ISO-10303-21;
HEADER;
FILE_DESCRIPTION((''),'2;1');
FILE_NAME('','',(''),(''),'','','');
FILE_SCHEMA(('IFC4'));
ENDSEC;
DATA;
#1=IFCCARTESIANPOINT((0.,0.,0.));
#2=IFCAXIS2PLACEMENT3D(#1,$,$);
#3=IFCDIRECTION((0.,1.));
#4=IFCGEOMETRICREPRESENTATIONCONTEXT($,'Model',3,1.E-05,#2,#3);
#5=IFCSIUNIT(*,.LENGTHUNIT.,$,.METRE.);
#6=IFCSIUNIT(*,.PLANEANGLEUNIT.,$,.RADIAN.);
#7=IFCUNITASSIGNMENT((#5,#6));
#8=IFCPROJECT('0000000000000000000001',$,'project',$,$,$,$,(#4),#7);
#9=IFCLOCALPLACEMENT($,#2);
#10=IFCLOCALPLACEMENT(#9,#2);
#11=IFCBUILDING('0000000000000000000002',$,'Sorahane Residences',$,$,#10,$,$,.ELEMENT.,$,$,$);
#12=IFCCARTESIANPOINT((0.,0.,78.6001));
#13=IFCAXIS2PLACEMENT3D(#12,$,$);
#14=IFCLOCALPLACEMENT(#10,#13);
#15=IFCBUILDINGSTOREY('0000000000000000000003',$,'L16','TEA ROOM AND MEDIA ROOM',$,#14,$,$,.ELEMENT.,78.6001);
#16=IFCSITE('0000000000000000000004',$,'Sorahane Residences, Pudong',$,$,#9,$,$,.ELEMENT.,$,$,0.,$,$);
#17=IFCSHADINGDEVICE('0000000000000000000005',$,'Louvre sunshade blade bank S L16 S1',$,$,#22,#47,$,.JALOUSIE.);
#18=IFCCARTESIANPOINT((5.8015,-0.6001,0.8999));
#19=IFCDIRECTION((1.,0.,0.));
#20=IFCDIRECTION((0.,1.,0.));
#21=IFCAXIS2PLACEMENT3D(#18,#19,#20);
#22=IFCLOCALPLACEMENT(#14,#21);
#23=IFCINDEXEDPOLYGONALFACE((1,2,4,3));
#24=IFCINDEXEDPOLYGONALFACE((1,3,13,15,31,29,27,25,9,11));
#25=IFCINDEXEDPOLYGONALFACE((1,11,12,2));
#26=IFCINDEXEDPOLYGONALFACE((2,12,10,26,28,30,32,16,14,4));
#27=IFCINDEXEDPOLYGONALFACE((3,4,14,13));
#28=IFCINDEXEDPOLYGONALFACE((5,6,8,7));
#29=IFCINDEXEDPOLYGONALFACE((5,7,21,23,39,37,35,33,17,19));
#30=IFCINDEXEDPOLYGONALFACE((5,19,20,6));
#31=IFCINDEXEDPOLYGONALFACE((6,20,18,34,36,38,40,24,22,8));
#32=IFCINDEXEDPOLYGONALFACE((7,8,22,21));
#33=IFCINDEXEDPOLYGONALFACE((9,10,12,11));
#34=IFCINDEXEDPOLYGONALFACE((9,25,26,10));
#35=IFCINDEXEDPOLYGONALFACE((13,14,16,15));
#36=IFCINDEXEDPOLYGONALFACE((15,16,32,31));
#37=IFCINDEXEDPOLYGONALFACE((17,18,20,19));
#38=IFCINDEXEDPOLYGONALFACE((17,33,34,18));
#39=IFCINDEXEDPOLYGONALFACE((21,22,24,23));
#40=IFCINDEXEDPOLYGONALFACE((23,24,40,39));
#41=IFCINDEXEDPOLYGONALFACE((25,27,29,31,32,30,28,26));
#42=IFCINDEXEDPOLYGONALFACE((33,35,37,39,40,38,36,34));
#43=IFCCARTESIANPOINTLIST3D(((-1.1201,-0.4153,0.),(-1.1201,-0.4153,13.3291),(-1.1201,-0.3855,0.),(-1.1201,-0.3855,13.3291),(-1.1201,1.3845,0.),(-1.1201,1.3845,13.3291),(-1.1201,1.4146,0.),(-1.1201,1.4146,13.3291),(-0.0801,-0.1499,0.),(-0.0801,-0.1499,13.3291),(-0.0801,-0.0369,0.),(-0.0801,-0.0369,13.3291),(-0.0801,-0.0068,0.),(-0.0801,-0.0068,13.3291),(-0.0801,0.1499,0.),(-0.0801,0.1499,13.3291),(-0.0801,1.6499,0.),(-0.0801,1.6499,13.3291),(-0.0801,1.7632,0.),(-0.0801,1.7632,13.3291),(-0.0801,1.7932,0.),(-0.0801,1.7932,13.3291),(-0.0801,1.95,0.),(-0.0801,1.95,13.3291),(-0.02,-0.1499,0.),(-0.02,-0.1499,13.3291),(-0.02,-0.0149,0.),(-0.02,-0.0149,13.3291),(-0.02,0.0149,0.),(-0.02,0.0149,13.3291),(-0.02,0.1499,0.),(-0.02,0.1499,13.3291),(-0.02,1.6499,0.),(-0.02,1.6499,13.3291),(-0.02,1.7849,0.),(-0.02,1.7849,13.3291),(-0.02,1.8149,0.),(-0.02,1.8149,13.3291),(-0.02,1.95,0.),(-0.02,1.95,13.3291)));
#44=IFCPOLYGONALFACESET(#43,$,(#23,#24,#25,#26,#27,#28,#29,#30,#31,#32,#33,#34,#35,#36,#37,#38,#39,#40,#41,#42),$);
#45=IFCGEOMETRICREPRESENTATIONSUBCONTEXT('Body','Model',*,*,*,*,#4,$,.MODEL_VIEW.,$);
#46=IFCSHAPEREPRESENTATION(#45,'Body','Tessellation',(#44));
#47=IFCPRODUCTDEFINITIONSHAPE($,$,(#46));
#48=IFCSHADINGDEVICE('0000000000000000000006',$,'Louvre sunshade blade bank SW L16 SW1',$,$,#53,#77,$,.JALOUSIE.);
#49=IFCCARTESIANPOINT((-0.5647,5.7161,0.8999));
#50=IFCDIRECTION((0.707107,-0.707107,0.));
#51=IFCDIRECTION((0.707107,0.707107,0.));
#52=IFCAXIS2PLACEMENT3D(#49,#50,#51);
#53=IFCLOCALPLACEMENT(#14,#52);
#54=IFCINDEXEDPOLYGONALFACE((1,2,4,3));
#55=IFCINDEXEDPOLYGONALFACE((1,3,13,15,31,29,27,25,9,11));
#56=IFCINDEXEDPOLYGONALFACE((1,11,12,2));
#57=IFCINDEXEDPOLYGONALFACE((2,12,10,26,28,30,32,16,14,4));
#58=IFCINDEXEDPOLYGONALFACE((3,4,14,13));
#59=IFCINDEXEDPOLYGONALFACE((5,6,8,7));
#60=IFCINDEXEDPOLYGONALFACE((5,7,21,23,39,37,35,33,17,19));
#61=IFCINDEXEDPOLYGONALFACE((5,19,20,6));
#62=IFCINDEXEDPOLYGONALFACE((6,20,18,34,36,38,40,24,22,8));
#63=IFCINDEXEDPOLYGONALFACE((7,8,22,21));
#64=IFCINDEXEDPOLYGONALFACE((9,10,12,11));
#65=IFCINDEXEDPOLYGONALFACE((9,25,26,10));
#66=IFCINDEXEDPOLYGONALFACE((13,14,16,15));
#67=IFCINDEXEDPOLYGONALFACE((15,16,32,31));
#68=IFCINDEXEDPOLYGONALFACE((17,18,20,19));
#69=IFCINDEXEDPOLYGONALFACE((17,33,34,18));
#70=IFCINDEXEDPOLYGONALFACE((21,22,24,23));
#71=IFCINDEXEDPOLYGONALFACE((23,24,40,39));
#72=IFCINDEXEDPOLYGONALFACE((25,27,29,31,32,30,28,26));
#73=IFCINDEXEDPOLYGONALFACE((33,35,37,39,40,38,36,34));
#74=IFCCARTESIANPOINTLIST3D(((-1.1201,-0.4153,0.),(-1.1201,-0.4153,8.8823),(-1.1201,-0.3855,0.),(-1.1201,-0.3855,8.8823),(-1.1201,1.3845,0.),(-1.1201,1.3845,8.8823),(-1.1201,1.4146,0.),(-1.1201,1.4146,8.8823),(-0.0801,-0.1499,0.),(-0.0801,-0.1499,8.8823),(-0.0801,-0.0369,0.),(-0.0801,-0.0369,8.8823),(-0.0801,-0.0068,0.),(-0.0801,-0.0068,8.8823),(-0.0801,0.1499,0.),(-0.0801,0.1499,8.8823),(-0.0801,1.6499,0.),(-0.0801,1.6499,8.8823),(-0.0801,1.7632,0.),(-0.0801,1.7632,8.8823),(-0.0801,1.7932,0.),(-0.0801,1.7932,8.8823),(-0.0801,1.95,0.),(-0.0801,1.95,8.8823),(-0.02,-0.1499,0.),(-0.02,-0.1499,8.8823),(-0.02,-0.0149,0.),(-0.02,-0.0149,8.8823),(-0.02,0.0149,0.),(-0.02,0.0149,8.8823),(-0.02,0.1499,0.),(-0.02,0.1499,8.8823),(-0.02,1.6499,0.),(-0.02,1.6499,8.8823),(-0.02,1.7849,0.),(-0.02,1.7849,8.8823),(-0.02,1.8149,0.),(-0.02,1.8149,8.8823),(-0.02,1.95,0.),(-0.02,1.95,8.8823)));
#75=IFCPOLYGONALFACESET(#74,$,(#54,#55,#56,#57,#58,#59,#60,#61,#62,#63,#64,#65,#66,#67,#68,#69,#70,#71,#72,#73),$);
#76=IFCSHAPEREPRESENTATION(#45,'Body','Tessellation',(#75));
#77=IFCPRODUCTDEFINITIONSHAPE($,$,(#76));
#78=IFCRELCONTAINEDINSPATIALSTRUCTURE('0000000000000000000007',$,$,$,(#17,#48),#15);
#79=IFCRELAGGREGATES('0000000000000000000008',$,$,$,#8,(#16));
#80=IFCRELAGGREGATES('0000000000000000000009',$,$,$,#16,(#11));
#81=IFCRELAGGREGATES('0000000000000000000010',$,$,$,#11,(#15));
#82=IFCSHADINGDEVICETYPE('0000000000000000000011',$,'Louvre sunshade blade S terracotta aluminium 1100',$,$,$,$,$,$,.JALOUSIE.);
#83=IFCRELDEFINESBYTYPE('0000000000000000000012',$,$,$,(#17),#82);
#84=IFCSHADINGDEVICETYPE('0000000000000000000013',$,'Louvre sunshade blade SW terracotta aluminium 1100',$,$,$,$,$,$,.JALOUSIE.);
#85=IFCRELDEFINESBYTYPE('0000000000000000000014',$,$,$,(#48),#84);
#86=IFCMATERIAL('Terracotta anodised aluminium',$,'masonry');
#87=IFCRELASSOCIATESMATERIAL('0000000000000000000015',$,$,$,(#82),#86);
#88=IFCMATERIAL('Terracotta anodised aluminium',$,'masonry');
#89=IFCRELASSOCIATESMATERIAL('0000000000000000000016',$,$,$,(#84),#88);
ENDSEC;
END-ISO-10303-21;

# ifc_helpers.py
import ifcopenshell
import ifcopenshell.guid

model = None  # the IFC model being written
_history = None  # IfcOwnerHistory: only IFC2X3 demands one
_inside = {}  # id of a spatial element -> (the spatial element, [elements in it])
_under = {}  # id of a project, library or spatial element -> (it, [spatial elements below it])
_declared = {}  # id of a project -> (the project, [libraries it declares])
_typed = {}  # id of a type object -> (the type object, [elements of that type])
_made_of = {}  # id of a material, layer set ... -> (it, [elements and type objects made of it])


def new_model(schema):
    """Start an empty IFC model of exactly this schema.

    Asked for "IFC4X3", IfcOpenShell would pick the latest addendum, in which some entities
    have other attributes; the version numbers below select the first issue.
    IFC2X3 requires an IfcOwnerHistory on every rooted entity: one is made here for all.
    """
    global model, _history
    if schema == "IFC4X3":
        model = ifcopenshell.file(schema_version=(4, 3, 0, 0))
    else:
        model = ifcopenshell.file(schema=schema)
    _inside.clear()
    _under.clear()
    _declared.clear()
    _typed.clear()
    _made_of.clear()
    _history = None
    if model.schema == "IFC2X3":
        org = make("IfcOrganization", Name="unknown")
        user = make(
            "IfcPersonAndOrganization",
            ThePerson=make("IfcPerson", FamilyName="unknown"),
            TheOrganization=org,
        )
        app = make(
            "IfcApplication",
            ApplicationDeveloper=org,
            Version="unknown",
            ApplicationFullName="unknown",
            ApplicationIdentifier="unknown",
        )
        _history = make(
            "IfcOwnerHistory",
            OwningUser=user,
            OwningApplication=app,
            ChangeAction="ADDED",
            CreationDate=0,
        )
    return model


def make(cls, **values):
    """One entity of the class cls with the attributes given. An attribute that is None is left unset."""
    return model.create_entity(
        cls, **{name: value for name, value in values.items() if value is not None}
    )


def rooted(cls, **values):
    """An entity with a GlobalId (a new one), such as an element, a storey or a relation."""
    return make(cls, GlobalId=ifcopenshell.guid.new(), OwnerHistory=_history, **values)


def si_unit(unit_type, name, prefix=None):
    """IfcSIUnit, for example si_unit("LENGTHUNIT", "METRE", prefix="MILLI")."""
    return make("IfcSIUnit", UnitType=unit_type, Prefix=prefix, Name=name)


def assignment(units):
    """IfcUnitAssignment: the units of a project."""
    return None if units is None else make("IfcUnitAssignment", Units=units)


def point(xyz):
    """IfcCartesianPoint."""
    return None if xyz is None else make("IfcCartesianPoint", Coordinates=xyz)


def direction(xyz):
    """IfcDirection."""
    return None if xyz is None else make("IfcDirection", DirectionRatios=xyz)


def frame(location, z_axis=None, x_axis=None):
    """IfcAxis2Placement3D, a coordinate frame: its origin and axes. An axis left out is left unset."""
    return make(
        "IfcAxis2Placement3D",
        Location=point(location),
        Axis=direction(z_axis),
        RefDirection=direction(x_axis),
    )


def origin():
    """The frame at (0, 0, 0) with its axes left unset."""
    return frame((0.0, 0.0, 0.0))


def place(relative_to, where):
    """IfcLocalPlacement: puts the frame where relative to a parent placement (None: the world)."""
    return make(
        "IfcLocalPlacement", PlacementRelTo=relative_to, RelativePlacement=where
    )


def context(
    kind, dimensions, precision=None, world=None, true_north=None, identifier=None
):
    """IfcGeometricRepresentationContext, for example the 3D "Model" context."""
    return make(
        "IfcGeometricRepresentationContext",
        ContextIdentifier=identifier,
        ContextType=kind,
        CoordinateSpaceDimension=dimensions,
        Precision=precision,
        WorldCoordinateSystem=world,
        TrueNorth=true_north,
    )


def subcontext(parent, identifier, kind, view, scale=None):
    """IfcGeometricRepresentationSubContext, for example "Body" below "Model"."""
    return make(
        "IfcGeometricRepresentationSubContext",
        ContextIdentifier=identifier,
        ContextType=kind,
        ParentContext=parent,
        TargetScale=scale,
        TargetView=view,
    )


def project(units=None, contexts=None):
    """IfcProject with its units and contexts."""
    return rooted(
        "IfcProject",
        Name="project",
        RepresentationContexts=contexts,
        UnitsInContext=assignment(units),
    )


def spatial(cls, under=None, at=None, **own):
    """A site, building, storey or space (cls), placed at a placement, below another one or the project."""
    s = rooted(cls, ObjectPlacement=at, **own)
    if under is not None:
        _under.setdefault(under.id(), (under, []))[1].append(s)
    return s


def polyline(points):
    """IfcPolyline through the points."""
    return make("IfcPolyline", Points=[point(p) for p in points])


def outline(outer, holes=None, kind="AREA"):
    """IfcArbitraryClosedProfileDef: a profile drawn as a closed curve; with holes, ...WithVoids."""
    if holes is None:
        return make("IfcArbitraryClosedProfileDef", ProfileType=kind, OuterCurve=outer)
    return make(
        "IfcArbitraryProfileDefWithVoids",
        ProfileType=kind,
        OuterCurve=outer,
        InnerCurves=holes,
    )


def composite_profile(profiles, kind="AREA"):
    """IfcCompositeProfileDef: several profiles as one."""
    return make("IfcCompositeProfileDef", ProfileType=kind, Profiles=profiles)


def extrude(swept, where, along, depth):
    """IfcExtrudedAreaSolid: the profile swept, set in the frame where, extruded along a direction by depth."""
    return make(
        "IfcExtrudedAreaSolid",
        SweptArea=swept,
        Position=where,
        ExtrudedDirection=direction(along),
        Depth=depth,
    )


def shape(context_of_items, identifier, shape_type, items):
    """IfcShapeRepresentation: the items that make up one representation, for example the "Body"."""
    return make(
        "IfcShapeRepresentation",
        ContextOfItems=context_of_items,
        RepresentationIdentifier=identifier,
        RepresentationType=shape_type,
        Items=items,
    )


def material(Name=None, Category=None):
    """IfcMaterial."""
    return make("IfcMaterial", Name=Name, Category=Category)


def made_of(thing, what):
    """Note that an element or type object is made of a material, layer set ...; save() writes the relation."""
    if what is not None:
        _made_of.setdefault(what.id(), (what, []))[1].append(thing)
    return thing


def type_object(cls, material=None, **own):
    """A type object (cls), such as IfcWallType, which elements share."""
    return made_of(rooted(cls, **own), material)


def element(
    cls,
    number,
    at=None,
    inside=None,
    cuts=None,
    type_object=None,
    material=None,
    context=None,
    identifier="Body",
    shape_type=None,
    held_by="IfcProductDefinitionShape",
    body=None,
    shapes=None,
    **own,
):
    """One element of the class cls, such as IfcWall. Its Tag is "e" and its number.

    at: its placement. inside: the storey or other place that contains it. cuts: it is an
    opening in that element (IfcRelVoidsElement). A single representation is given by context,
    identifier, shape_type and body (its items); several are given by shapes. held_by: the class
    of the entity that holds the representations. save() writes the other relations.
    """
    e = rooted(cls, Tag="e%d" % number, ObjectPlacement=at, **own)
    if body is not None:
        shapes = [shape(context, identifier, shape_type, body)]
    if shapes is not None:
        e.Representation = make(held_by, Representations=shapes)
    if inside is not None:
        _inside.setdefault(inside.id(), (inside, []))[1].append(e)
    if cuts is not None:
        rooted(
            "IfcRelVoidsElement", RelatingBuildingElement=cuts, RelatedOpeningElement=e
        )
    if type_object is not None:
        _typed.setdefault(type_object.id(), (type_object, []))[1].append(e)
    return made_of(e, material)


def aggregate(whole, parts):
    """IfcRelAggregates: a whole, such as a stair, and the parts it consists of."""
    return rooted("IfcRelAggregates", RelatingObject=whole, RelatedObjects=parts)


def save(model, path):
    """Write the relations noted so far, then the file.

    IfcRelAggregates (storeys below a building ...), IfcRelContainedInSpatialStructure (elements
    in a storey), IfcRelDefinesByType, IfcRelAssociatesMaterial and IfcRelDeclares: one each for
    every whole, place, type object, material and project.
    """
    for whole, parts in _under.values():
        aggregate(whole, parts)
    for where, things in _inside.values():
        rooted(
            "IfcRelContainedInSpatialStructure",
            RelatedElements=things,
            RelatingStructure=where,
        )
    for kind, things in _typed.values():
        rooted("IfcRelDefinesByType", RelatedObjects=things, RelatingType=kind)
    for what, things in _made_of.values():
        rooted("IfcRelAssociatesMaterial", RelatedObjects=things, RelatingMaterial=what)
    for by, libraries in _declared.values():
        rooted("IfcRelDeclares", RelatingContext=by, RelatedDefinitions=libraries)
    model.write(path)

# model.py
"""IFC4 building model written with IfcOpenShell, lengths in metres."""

from ifc_helpers import new_model, si_unit, direction, frame, origin, place, context, subcontext, project, spatial, polyline, outline, composite_profile, extrude, material, type_object, element, save


model = new_model("IFC4")

# Units and contexts
model_context = context("Model", 3, precision=1e-05, world=origin(), true_north=direction((0.0, 1.0)))
body_context = subcontext(model_context, "Body", "Model", "MODEL_VIEW")
ifc_project = project(units=[si_unit("LENGTHUNIT", "METRE"), si_unit("PLANEANGLEUNIT", "RADIAN")], contexts=[model_context])

# Site, building, storey
site_placement = place(None, origin())
site = spatial("IfcSite", under=ifc_project, at=site_placement, Name="Sorahane Residences, Pudong", CompositionType="ELEMENT", RefElevation=0.0)
building_placement = place(site_placement, origin())
building = spatial("IfcBuilding", under=site, at=building_placement, Name="Sorahane Residences", CompositionType="ELEMENT")
storey_placement = place(building_placement, frame((0.0, 0.0, 78.6001)))
storey = spatial("IfcBuildingStorey", under=building, at=storey_placement, Name="L16", Description="TEA ROOM AND MEDIA ROOM", CompositionType="ELEMENT", Elevation=78.6001)

# Shading devices
ifc_material_1 = material(Name="Terracotta anodised aluminium", Category="masonry")
shading_device_type_1 = type_object("IfcShadingDeviceType", Name="Louvre sunshade blade S terracotta aluminium 1100", PredefinedType="JALOUSIE", material=ifc_material_1)
shading_device_1_placement = place(storey_placement, frame((5.8015, -0.6001, 0.8999), z_axis=(1.0, 0.0, 0.0), x_axis=(0.0, 1.0, 0.0)))
element("IfcShadingDevice", 1, at=shading_device_1_placement, inside=storey, type_object=shading_device_type_1, Name="Louvre sunshade blade bank S L16 S1", PredefinedType="JALOUSIE", context=body_context, shape_type="SweptSolid", body=[
    extrude(composite_profile([outline(polyline([(-1.1201, -0.3855), (-1.1201, -0.4153), (-0.0801, -0.0369), (-0.0801, -0.1499), (-0.02, -0.1499), (-0.02, -0.0149), (-0.02, 0.0149), (-0.02, 0.1499), (-0.0801, 0.1499), (-0.0801, -0.0068), (-1.1201, -0.3855)])), outline(polyline([(-1.1201, 1.4146), (-1.1201, 1.3845), (-0.0801, 1.7632), (-0.0801, 1.6499), (-0.02, 1.6499), (-0.02, 1.7849), (-0.02, 1.8149), (-0.02, 1.95), (-0.0801, 1.95), (-0.0801, 1.7932), (-1.1201, 1.4146)]))]), origin(), (0.0, 0.0, 1.0), 13.3291),
])
ifc_material_2 = material(Name="Terracotta anodised aluminium", Category="masonry")
shading_device_type_2 = type_object("IfcShadingDeviceType", Name="Louvre sunshade blade SW terracotta aluminium 1100", PredefinedType="JALOUSIE", material=ifc_material_2)
shading_device_2_placement = place(storey_placement, frame((-0.5647, 5.7161, 0.8999), z_axis=(0.707107, -0.707107, 0.0), x_axis=(0.707107, 0.707107, 0.0)))
element("IfcShadingDevice", 2, at=shading_device_2_placement, inside=storey, type_object=shading_device_type_2, Name="Louvre sunshade blade bank SW L16 SW1", PredefinedType="JALOUSIE", context=body_context, shape_type="SweptSolid", body=[
    extrude(composite_profile([outline(polyline([(-1.1201, -0.3855), (-1.1201, -0.4153), (-0.0801, -0.0369), (-0.0801, -0.1499), (-0.02, -0.1499), (-0.02, -0.0149), (-0.02, 0.0149), (-0.02, 0.1499), (-0.0801, 0.1499), (-0.0801, -0.0068), (-1.1201, -0.3855)])), outline(polyline([(-1.1201, 1.4146), (-1.1201, 1.3845), (-0.0801, 1.7632), (-0.0801, 1.6499), (-0.02, 1.6499), (-0.02, 1.7849), (-0.02, 1.8149), (-0.02, 1.95), (-0.0801, 1.95), (-0.0801, 1.7932), (-1.1201, 1.4146)]))]), origin(), (0.0, 0.0, 1.0), 8.8823),
])

save(model, "model.ifc")
